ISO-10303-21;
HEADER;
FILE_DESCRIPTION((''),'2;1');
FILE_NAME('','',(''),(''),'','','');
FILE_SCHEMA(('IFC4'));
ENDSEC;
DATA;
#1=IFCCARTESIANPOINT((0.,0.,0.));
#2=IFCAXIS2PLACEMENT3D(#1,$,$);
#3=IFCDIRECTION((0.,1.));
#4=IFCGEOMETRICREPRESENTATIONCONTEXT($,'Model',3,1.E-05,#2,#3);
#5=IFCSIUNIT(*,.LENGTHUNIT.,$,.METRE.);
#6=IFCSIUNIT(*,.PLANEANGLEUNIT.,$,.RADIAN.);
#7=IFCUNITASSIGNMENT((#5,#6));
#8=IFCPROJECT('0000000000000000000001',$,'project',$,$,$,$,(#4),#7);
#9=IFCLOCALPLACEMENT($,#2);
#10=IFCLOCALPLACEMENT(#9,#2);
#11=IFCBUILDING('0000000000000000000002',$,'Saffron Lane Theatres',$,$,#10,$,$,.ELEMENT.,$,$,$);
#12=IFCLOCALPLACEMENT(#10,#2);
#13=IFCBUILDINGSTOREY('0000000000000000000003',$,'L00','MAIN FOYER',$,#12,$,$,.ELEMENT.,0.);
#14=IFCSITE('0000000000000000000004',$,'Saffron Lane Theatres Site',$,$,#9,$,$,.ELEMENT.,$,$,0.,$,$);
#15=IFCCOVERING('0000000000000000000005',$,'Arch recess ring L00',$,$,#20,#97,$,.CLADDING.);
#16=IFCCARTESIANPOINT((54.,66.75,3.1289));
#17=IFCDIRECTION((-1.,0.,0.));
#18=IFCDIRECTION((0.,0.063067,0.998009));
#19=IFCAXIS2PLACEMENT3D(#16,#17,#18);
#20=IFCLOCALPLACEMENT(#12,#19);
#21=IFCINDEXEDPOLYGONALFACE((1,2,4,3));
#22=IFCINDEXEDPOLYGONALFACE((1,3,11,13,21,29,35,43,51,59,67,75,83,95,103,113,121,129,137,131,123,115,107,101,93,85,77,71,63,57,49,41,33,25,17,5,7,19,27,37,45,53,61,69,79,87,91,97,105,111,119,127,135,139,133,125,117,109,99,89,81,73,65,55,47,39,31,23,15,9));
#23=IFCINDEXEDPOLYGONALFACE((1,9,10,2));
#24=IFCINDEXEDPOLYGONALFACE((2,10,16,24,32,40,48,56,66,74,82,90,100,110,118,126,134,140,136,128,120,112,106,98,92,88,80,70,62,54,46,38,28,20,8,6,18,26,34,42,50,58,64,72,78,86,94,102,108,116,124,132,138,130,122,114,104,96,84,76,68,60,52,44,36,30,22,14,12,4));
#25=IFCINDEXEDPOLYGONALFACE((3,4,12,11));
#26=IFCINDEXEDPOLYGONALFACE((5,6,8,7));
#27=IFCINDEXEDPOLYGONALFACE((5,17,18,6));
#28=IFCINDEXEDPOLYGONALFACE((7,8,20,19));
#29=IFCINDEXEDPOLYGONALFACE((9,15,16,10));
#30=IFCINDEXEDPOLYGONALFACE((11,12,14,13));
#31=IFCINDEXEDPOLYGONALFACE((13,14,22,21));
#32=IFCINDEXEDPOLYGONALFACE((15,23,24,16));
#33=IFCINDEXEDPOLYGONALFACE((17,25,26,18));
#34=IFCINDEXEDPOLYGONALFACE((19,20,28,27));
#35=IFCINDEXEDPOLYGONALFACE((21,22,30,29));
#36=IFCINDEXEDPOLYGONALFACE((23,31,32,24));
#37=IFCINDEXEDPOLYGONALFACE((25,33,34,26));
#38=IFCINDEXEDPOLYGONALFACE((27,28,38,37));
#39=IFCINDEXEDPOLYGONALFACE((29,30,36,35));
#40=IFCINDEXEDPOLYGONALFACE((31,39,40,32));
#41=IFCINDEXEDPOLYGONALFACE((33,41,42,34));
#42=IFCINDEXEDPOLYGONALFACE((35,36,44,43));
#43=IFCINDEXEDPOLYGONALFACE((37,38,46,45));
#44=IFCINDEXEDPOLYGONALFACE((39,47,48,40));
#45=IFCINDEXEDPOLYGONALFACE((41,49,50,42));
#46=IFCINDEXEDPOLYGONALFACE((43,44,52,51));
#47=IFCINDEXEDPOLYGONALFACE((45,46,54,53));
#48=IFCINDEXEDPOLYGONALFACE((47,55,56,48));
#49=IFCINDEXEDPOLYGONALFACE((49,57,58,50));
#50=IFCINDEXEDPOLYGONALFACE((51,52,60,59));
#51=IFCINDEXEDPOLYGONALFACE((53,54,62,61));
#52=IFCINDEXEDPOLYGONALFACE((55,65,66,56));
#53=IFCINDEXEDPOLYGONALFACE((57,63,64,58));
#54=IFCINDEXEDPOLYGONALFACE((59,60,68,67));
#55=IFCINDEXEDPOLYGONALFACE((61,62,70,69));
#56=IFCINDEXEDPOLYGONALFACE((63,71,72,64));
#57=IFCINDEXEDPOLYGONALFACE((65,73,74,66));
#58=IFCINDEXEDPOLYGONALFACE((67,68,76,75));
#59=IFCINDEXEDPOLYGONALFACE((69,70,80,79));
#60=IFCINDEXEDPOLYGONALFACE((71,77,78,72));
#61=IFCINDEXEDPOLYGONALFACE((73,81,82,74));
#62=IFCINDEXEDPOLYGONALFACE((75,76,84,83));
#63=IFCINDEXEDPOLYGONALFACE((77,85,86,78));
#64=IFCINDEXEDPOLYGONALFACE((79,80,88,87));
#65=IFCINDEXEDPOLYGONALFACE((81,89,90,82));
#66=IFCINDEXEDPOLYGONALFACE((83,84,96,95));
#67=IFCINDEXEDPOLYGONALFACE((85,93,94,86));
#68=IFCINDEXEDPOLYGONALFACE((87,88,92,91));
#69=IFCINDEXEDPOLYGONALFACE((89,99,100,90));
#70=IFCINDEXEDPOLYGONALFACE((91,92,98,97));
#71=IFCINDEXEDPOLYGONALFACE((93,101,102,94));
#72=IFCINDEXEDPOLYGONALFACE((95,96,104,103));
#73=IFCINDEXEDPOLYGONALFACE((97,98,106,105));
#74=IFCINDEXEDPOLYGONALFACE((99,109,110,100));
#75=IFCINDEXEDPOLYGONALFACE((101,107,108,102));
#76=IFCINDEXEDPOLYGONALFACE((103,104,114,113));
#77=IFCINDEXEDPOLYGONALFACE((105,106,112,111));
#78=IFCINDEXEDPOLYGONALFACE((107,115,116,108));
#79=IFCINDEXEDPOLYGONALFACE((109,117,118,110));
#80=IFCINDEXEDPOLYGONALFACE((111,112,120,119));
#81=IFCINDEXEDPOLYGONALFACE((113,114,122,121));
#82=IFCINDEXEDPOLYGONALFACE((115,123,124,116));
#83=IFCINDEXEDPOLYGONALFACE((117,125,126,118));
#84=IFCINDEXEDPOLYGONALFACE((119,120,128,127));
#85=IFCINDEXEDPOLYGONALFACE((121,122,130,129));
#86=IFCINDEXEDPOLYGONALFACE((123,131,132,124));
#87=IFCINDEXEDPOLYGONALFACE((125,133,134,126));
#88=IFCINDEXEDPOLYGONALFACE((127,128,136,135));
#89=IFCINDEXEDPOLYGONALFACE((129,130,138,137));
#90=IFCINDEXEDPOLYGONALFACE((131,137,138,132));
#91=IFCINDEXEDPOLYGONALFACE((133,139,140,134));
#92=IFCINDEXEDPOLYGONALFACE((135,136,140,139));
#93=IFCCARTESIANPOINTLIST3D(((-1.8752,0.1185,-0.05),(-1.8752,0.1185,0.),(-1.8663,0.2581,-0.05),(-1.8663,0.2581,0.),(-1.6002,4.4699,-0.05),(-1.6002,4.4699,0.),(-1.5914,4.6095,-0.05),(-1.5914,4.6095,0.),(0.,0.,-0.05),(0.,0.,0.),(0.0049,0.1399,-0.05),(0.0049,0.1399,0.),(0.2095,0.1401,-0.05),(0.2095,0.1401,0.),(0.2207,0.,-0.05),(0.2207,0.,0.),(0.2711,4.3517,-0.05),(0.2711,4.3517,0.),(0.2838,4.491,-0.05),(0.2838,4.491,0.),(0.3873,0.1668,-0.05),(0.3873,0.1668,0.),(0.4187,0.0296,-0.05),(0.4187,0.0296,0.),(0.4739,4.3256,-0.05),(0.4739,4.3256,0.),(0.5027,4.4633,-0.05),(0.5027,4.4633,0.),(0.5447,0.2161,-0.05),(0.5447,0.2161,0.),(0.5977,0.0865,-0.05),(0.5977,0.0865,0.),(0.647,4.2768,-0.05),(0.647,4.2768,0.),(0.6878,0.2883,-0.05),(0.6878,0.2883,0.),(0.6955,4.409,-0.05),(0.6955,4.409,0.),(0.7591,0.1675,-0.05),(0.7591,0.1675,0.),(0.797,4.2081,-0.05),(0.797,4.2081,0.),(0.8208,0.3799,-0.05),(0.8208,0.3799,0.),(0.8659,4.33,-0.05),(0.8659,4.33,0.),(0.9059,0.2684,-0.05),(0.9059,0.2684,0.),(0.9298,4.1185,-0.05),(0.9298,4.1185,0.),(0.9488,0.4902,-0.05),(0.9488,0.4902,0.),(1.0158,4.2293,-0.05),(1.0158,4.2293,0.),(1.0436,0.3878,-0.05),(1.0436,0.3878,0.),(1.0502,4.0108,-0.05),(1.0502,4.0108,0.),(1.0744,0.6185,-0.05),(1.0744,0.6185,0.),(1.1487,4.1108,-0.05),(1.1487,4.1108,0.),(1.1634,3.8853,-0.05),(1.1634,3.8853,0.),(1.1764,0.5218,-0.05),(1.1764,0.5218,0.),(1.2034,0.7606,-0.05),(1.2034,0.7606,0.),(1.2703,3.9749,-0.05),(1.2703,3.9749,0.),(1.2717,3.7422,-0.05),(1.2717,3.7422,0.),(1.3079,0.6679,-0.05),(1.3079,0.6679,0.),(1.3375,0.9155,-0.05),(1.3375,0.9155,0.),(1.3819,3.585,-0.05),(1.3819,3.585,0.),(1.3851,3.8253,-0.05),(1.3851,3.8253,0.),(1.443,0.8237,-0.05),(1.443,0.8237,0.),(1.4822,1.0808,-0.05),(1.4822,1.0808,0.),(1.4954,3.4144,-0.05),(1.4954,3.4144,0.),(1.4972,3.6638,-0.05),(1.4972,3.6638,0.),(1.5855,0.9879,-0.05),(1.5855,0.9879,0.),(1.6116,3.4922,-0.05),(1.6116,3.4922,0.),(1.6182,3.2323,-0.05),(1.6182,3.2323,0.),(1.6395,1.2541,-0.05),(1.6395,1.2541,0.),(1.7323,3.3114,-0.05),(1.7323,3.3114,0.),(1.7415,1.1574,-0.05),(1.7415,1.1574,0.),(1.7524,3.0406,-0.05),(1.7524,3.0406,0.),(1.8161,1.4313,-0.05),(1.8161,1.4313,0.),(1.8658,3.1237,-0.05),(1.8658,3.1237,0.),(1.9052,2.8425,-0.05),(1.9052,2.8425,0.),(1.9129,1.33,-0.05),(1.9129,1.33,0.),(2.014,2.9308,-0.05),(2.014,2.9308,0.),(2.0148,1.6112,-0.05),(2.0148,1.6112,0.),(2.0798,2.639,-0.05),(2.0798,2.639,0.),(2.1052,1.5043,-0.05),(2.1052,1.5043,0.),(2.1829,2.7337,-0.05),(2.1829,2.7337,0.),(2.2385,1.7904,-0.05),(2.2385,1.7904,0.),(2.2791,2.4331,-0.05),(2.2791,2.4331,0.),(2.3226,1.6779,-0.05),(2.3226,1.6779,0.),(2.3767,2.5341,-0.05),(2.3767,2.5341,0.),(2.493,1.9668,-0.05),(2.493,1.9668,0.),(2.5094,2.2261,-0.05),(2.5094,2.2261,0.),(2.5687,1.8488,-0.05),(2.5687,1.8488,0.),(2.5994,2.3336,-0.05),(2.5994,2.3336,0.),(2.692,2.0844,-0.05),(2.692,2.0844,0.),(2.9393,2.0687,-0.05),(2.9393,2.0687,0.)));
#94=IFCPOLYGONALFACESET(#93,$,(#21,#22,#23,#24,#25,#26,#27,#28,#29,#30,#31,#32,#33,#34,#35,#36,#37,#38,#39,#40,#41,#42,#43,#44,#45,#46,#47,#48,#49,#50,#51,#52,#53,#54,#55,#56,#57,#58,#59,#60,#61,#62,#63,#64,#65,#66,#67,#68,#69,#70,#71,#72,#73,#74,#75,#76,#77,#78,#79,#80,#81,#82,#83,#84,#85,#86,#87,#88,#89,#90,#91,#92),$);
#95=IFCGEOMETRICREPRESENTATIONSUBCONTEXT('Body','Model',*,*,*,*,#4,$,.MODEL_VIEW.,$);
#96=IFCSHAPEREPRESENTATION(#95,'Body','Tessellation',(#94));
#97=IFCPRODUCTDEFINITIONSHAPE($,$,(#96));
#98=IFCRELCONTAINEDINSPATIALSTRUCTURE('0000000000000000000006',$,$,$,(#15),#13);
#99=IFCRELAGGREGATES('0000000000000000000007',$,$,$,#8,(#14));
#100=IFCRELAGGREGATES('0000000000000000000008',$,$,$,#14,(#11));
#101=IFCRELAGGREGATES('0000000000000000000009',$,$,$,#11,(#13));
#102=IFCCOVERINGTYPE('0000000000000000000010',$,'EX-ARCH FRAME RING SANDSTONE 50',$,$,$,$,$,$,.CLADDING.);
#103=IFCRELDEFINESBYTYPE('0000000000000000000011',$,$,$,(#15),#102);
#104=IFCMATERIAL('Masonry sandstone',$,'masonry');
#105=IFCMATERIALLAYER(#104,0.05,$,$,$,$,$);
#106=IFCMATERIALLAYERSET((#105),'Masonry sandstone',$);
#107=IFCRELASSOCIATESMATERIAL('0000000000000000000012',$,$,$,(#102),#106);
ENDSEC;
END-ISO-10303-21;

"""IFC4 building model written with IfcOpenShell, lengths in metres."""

from ifc_helpers import new_model, si_unit, direction, frame, origin, place, context, subcontext, project, spatial, polyline, outline, extrude, material, layer, layer_set, type_object, element, save


model = new_model("IFC4")

# Units and contexts
model_context = context("Model", 3, precision=1e-05, world=origin(), true_north=direction((0.0, 1.0)))
body_context = subcontext(model_context, "Body", "Model", "MODEL_VIEW")
ifc_project = project(units=[si_unit("LENGTHUNIT", "METRE"), si_unit("PLANEANGLEUNIT", "RADIAN")], contexts=[model_context])

# Site, building, storey
site_placement = place(None, origin())
site = spatial("IfcSite", under=ifc_project, at=site_placement, Name="Saffron Lane Theatres Site", CompositionType="ELEMENT", RefElevation=0.0)
building_placement = place(site_placement, origin())
building = spatial("IfcBuilding", under=site, at=building_placement, Name="Saffron Lane Theatres", CompositionType="ELEMENT")
storey_placement = place(building_placement, origin())
storey = spatial("IfcBuildingStorey", under=building, at=storey_placement, Name="L00", Description="MAIN FOYER", CompositionType="ELEMENT", Elevation=0.0)

# Covering
ifc_material_1 = material(Name="Masonry sandstone", Category="masonry")
ifc_layer_1 = layer(ifc_material_1, 0.05)
ifc_layer_set_1 = layer_set([ifc_layer_1], Name="Masonry sandstone")
covering_type_1 = type_object("IfcCoveringType", Name="EX-ARCH FRAME RING SANDSTONE 50", PredefinedType="CLADDING", material=ifc_layer_set_1)
covering_1_placement = place(storey_placement, frame((54.0, 66.75, 3.1289), z_axis=(-1.0, 0.0, 0.0), x_axis=(0.0, 0.063067, 0.998009)))
element("IfcCovering", 1, at=covering_1_placement, inside=storey, type_object=covering_type_1, Name="Arch recess ring L00", PredefinedType="CLADDING", context=body_context, shape_type="SweptSolid", body=[
    extrude(outline(polyline([(0.0, 0.0), (0.2207, 0.0), (0.4187, 0.0296), (0.5977, 0.0865), (0.7591, 0.1675), (0.9059, 0.2684), (1.0436, 0.3878), (1.1764, 0.5218), (1.3079, 0.6679), (1.443, 0.8237), (1.5855, 0.9879), (1.7415, 1.1574), (1.9129, 1.33), (2.1052, 1.5043), (2.3226, 1.6779), (2.5687, 1.8488), (2.9393, 2.0687), (2.5994, 2.3336), (2.3767, 2.5341), (2.1829, 2.7337), (2.014, 2.9308), (1.8658, 3.1237), (1.7323, 3.3114), (1.6116, 3.4922), (1.4972, 3.6638), (1.3851, 3.8253), (1.2703, 3.9749), (1.1487, 4.1108), (1.0158, 4.2293), (0.8659, 4.33), (0.6955, 4.409), (0.5027, 4.4633), (0.2838, 4.491), (-1.5914, 4.6095), (-1.6002, 4.4699), (0.2711, 4.3517), (0.4739, 4.3256), (0.647, 4.2768), (0.797, 4.2081), (0.9298, 4.1185), (1.0502, 4.0108), (1.1634, 3.8853), (1.2717, 3.7422), (1.3819, 3.585), (1.4954, 3.4144), (1.6182, 3.2323), (1.7524, 3.0406), (1.9052, 2.8425), (2.0798, 2.639), (2.2791, 2.4331), (2.5094, 2.2261), (2.692, 2.0844), (2.493, 1.9668), (2.2385, 1.7904), (2.0148, 1.6112), (1.8161, 1.4313), (1.6395, 1.2541), (1.4822, 1.0808), (1.3375, 0.9155), (1.2034, 0.7606), (1.0744, 0.6185), (0.9488, 0.4902), (0.8208, 0.3799), (0.6878, 0.2883), (0.5447, 0.2161), (0.3873, 0.1668), (0.2095, 0.1401), (0.0049, 0.1399), (-1.8663, 0.2581), (-1.8752, 0.1185), (0.0, 0.0)])), origin(), (0.0, 0.0, -1.0), 0.05),
])

save(model, "model.ifc")
